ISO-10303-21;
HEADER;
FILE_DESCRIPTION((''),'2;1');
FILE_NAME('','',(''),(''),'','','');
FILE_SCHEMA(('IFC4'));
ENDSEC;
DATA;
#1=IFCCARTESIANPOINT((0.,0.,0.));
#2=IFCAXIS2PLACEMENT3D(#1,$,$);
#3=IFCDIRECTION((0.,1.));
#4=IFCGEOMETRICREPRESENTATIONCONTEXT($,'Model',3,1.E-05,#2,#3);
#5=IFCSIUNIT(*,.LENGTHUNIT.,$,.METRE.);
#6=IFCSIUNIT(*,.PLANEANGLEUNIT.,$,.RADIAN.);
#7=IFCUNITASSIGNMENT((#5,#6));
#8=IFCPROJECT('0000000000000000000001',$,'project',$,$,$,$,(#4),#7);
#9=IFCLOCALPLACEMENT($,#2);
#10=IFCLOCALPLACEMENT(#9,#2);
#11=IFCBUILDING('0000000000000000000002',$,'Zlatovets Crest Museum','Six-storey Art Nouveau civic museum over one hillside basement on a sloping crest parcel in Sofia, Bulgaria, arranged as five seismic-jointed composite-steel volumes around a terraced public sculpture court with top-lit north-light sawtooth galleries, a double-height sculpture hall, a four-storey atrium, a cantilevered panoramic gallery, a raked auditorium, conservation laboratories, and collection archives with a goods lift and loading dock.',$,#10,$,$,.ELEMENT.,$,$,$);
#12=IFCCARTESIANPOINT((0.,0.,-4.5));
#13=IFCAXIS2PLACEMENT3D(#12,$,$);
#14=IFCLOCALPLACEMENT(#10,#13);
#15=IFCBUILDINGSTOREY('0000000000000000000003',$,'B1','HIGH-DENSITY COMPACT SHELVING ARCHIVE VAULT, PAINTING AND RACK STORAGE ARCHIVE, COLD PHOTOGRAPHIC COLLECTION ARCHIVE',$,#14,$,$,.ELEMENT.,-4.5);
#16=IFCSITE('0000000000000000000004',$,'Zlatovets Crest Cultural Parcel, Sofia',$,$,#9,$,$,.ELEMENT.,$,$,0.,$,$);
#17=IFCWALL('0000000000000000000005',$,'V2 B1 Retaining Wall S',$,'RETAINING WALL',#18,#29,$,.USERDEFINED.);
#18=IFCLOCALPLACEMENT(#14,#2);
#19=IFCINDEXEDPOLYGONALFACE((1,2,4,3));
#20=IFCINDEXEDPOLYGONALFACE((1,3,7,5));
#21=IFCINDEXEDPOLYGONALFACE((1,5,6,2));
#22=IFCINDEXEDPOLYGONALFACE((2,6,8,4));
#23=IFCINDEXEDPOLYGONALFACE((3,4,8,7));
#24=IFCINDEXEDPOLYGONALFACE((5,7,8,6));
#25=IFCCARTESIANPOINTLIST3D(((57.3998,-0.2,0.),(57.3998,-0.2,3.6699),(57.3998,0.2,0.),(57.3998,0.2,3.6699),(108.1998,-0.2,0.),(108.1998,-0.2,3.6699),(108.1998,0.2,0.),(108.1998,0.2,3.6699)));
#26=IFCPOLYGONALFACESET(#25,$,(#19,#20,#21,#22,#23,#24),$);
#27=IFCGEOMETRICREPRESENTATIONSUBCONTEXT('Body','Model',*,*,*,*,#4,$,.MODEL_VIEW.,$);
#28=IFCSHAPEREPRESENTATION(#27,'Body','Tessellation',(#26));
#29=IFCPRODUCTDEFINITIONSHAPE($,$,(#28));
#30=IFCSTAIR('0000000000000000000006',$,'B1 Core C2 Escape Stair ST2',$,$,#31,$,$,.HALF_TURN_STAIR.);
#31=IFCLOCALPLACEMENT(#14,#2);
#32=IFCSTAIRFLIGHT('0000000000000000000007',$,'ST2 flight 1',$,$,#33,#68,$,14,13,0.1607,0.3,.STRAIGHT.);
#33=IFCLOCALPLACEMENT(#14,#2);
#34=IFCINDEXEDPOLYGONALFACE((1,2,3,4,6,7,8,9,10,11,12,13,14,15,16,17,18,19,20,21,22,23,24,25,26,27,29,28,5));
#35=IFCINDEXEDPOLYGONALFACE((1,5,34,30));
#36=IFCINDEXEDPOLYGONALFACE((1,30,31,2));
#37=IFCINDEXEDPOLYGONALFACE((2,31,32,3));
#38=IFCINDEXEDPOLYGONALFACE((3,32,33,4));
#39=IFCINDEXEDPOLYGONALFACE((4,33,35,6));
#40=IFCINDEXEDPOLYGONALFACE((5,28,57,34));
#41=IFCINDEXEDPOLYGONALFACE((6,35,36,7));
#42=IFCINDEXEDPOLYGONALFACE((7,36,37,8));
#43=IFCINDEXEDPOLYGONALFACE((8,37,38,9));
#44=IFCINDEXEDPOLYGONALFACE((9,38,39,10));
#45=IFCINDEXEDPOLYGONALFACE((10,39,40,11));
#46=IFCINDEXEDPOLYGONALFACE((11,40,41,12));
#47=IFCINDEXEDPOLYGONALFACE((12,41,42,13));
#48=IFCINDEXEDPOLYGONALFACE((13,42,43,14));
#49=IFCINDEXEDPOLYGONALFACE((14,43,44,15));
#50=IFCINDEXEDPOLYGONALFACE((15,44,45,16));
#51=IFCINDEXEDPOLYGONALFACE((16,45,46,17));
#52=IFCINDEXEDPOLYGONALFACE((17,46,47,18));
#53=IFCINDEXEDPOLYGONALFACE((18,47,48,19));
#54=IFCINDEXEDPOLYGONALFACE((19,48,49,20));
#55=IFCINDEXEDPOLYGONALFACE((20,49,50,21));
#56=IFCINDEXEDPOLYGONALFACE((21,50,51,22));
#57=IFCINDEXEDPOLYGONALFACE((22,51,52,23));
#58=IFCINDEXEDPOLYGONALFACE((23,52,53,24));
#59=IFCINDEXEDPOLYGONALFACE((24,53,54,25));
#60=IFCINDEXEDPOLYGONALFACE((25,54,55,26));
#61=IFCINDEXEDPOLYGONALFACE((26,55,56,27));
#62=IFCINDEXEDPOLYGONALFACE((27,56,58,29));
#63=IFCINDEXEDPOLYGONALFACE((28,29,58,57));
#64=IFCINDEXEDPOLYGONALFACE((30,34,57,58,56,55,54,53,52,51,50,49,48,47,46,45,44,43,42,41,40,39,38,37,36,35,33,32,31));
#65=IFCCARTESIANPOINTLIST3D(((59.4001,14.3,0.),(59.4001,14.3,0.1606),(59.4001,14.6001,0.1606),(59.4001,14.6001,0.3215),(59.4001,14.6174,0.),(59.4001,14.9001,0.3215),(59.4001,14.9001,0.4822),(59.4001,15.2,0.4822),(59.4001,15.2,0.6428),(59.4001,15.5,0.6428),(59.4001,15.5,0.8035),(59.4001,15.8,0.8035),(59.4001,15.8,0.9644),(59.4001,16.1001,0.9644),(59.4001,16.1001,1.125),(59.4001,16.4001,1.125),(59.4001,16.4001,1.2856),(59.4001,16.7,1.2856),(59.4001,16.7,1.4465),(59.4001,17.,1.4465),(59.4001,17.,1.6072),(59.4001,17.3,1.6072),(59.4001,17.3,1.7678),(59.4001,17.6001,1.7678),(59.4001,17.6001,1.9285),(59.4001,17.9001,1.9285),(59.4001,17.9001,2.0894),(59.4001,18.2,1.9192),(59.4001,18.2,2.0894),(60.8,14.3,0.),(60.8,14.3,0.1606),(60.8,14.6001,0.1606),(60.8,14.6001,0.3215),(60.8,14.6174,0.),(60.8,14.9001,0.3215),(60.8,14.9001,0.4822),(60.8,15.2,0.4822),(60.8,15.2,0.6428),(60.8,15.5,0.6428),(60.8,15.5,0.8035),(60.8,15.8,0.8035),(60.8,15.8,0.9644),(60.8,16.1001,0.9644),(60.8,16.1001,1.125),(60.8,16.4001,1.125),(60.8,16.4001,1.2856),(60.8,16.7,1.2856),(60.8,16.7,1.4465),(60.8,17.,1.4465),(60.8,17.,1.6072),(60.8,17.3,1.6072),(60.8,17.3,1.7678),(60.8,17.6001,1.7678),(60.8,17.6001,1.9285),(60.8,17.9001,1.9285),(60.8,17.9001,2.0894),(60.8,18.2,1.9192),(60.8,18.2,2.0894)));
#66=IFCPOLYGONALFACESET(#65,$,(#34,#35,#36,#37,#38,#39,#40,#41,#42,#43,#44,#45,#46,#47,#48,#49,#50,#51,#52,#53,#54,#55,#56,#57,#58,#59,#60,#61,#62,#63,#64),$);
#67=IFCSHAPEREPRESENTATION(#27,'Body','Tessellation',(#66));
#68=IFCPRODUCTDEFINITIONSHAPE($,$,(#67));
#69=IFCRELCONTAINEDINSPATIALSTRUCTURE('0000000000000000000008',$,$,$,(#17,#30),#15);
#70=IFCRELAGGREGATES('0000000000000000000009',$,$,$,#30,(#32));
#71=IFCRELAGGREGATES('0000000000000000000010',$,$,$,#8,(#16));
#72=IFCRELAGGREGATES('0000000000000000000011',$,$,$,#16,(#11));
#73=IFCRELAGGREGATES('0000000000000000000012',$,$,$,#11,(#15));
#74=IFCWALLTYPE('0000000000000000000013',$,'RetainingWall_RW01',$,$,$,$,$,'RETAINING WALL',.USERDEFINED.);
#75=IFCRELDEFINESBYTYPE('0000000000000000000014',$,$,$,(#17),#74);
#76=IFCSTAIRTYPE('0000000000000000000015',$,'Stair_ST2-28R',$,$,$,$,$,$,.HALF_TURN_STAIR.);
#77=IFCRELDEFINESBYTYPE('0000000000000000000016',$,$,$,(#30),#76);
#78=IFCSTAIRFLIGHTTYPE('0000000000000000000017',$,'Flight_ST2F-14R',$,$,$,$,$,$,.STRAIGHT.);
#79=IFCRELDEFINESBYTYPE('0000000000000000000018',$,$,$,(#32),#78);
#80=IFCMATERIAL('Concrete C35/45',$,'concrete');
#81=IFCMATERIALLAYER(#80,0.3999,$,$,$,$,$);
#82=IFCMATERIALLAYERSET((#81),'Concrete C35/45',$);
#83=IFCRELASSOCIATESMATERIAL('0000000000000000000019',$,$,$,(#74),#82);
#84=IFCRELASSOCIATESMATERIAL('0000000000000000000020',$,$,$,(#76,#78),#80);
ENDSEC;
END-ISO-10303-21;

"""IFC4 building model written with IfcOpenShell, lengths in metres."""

from ifc_helpers import new_model, si_unit, direction, frame, frame_2d, origin, place, context, subcontext, project, spatial, polyline, rectangle, outline, extrude, material, layer, layer_set, type_object, element, aggregate, save


model = new_model("IFC4")

# Units and contexts
model_context = context("Model", 3, precision=1e-05, world=origin(), true_north=direction((0.0, 1.0)))
body_context = subcontext(model_context, "Body", "Model", "MODEL_VIEW")
ifc_project = project(units=[si_unit("LENGTHUNIT", "METRE"), si_unit("PLANEANGLEUNIT", "RADIAN")], contexts=[model_context])

# Site, building, storey
site_placement = place(None, origin())
site = spatial("IfcSite", under=ifc_project, at=site_placement, Name="Zlatovets Crest Cultural Parcel, Sofia", CompositionType="ELEMENT", RefElevation=0.0)
building_placement = place(site_placement, origin())
building = spatial("IfcBuilding", under=site, at=building_placement, Name="Zlatovets Crest Museum", Description="Six-storey Art Nouveau civic museum over one hillside basement on a sloping crest parcel in Sofia, Bulgaria, arranged as five seismic-jointed composite-steel volumes around a terraced public sculpture court with top-lit north-light sawtooth galleries, a double-height sculpture hall, a four-storey atrium, a cantilevered panoramic gallery, a raked auditorium, conservation laboratories, and collection archives with a goods lift and loading dock.", CompositionType="ELEMENT")
storey_placement = place(building_placement, frame((0.0, 0.0, -4.5)))
storey = spatial("IfcBuildingStorey", under=building, at=storey_placement, Name="B1", Description="HIGH-DENSITY COMPACT SHELVING ARCHIVE VAULT, PAINTING AND RACK STORAGE ARCHIVE, COLD PHOTOGRAPHIC COLLECTION ARCHIVE", CompositionType="ELEMENT", Elevation=-4.5)

# Shared definitions
ifc_material_1 = material(Name="Concrete C35/45", Category="concrete")

# Wall
ifc_layer_1 = layer(ifc_material_1, 0.3999)
ifc_layer_set_1 = layer_set([ifc_layer_1], Name="Concrete C35/45")
wall_type_1 = type_object("IfcWallType", Name="RetainingWall_RW01", ElementType="RETAINING WALL", PredefinedType="USERDEFINED", material=ifc_layer_set_1)
wall_1_placement = place(storey_placement, frame((57.3999, 0.0, 0.0), z_axis=(0.0, 0.0, 1.0), x_axis=(1.0, 0.0, 0.0)))
element("IfcWall", 1, at=wall_1_placement, inside=storey, type_object=wall_type_1, Name="V2 B1 Retaining Wall S", ObjectType="RETAINING WALL", PredefinedType="USERDEFINED", context=body_context, shape_type="SweptSolid", body=[
    extrude(rectangle(XDim=50.8, YDim=0.3999, at=frame_2d((25.3999, 0.0))), origin(), (0.0, 0.0, 1.0), 3.6699),
])

# Stair, stair flight
stair_type = type_object("IfcStairType", Name="Stair_ST2-28R", PredefinedType="HALF_TURN_STAIR", material=ifc_material_1)
stair_placement = place(storey_placement, origin())
stair = element("IfcStair", 2, at=stair_placement, inside=storey, type_object=stair_type, Name="B1 Core C2 Escape Stair ST2", PredefinedType="HALF_TURN_STAIR")
stair_flight_type = type_object("IfcStairFlightType", Name="Flight_ST2F-14R", PredefinedType="STRAIGHT", material=ifc_material_1)
stair_flight_placement = place(storey_placement, frame((60.1001, 14.3, 0.0), z_axis=(0.0, 0.0, 1.0), x_axis=(0.0, 1.0, 0.0)))
stair_flight = element("IfcStairFlight", 3, at=stair_flight_placement, type_object=stair_flight_type, Name="ST2 flight 1", NumberOfRisers=14, NumberOfTreads=13, PredefinedType="STRAIGHT", RiserHeight=0.1607, TreadLength=0.3, context=body_context, shape_type="SweptSolid", body=[
    extrude(outline(polyline([(0.0, 0.0), (0.0, 0.1606), (0.3, 0.1606), (0.3, 0.3215), (0.6001, 0.3215), (0.6001, 0.4822), (0.8999, 0.4822), (0.8999, 0.6428), (1.2, 0.6428), (1.2, 0.8035), (1.5, 0.8035), (1.5, 0.9644), (1.8, 0.9644), (1.8, 1.125), (2.1001, 1.125), (2.1001, 1.2856), (2.3999, 1.2856), (2.3999, 1.4465), (2.7, 1.4465), (2.7, 1.6072), (3.0, 1.6072), (3.0, 1.7678), (3.3, 1.7678), (3.3, 1.9285), (3.6001, 1.9285), (3.6001, 2.0894), (3.8999, 2.0894), (3.8999, 2.25), (3.8999, 1.9192), (0.3174, 0.0), (0.0, 0.0)])), frame((0.0, 0.7, 0.0), z_axis=(0.0, -1.0, 0.0), x_axis=(1.0, 0.0, 0.0)), (0.0, 0.0, 1.0), 1.3999),
])
aggregate(stair, [stair_flight])

save(model, "model.ifc")
